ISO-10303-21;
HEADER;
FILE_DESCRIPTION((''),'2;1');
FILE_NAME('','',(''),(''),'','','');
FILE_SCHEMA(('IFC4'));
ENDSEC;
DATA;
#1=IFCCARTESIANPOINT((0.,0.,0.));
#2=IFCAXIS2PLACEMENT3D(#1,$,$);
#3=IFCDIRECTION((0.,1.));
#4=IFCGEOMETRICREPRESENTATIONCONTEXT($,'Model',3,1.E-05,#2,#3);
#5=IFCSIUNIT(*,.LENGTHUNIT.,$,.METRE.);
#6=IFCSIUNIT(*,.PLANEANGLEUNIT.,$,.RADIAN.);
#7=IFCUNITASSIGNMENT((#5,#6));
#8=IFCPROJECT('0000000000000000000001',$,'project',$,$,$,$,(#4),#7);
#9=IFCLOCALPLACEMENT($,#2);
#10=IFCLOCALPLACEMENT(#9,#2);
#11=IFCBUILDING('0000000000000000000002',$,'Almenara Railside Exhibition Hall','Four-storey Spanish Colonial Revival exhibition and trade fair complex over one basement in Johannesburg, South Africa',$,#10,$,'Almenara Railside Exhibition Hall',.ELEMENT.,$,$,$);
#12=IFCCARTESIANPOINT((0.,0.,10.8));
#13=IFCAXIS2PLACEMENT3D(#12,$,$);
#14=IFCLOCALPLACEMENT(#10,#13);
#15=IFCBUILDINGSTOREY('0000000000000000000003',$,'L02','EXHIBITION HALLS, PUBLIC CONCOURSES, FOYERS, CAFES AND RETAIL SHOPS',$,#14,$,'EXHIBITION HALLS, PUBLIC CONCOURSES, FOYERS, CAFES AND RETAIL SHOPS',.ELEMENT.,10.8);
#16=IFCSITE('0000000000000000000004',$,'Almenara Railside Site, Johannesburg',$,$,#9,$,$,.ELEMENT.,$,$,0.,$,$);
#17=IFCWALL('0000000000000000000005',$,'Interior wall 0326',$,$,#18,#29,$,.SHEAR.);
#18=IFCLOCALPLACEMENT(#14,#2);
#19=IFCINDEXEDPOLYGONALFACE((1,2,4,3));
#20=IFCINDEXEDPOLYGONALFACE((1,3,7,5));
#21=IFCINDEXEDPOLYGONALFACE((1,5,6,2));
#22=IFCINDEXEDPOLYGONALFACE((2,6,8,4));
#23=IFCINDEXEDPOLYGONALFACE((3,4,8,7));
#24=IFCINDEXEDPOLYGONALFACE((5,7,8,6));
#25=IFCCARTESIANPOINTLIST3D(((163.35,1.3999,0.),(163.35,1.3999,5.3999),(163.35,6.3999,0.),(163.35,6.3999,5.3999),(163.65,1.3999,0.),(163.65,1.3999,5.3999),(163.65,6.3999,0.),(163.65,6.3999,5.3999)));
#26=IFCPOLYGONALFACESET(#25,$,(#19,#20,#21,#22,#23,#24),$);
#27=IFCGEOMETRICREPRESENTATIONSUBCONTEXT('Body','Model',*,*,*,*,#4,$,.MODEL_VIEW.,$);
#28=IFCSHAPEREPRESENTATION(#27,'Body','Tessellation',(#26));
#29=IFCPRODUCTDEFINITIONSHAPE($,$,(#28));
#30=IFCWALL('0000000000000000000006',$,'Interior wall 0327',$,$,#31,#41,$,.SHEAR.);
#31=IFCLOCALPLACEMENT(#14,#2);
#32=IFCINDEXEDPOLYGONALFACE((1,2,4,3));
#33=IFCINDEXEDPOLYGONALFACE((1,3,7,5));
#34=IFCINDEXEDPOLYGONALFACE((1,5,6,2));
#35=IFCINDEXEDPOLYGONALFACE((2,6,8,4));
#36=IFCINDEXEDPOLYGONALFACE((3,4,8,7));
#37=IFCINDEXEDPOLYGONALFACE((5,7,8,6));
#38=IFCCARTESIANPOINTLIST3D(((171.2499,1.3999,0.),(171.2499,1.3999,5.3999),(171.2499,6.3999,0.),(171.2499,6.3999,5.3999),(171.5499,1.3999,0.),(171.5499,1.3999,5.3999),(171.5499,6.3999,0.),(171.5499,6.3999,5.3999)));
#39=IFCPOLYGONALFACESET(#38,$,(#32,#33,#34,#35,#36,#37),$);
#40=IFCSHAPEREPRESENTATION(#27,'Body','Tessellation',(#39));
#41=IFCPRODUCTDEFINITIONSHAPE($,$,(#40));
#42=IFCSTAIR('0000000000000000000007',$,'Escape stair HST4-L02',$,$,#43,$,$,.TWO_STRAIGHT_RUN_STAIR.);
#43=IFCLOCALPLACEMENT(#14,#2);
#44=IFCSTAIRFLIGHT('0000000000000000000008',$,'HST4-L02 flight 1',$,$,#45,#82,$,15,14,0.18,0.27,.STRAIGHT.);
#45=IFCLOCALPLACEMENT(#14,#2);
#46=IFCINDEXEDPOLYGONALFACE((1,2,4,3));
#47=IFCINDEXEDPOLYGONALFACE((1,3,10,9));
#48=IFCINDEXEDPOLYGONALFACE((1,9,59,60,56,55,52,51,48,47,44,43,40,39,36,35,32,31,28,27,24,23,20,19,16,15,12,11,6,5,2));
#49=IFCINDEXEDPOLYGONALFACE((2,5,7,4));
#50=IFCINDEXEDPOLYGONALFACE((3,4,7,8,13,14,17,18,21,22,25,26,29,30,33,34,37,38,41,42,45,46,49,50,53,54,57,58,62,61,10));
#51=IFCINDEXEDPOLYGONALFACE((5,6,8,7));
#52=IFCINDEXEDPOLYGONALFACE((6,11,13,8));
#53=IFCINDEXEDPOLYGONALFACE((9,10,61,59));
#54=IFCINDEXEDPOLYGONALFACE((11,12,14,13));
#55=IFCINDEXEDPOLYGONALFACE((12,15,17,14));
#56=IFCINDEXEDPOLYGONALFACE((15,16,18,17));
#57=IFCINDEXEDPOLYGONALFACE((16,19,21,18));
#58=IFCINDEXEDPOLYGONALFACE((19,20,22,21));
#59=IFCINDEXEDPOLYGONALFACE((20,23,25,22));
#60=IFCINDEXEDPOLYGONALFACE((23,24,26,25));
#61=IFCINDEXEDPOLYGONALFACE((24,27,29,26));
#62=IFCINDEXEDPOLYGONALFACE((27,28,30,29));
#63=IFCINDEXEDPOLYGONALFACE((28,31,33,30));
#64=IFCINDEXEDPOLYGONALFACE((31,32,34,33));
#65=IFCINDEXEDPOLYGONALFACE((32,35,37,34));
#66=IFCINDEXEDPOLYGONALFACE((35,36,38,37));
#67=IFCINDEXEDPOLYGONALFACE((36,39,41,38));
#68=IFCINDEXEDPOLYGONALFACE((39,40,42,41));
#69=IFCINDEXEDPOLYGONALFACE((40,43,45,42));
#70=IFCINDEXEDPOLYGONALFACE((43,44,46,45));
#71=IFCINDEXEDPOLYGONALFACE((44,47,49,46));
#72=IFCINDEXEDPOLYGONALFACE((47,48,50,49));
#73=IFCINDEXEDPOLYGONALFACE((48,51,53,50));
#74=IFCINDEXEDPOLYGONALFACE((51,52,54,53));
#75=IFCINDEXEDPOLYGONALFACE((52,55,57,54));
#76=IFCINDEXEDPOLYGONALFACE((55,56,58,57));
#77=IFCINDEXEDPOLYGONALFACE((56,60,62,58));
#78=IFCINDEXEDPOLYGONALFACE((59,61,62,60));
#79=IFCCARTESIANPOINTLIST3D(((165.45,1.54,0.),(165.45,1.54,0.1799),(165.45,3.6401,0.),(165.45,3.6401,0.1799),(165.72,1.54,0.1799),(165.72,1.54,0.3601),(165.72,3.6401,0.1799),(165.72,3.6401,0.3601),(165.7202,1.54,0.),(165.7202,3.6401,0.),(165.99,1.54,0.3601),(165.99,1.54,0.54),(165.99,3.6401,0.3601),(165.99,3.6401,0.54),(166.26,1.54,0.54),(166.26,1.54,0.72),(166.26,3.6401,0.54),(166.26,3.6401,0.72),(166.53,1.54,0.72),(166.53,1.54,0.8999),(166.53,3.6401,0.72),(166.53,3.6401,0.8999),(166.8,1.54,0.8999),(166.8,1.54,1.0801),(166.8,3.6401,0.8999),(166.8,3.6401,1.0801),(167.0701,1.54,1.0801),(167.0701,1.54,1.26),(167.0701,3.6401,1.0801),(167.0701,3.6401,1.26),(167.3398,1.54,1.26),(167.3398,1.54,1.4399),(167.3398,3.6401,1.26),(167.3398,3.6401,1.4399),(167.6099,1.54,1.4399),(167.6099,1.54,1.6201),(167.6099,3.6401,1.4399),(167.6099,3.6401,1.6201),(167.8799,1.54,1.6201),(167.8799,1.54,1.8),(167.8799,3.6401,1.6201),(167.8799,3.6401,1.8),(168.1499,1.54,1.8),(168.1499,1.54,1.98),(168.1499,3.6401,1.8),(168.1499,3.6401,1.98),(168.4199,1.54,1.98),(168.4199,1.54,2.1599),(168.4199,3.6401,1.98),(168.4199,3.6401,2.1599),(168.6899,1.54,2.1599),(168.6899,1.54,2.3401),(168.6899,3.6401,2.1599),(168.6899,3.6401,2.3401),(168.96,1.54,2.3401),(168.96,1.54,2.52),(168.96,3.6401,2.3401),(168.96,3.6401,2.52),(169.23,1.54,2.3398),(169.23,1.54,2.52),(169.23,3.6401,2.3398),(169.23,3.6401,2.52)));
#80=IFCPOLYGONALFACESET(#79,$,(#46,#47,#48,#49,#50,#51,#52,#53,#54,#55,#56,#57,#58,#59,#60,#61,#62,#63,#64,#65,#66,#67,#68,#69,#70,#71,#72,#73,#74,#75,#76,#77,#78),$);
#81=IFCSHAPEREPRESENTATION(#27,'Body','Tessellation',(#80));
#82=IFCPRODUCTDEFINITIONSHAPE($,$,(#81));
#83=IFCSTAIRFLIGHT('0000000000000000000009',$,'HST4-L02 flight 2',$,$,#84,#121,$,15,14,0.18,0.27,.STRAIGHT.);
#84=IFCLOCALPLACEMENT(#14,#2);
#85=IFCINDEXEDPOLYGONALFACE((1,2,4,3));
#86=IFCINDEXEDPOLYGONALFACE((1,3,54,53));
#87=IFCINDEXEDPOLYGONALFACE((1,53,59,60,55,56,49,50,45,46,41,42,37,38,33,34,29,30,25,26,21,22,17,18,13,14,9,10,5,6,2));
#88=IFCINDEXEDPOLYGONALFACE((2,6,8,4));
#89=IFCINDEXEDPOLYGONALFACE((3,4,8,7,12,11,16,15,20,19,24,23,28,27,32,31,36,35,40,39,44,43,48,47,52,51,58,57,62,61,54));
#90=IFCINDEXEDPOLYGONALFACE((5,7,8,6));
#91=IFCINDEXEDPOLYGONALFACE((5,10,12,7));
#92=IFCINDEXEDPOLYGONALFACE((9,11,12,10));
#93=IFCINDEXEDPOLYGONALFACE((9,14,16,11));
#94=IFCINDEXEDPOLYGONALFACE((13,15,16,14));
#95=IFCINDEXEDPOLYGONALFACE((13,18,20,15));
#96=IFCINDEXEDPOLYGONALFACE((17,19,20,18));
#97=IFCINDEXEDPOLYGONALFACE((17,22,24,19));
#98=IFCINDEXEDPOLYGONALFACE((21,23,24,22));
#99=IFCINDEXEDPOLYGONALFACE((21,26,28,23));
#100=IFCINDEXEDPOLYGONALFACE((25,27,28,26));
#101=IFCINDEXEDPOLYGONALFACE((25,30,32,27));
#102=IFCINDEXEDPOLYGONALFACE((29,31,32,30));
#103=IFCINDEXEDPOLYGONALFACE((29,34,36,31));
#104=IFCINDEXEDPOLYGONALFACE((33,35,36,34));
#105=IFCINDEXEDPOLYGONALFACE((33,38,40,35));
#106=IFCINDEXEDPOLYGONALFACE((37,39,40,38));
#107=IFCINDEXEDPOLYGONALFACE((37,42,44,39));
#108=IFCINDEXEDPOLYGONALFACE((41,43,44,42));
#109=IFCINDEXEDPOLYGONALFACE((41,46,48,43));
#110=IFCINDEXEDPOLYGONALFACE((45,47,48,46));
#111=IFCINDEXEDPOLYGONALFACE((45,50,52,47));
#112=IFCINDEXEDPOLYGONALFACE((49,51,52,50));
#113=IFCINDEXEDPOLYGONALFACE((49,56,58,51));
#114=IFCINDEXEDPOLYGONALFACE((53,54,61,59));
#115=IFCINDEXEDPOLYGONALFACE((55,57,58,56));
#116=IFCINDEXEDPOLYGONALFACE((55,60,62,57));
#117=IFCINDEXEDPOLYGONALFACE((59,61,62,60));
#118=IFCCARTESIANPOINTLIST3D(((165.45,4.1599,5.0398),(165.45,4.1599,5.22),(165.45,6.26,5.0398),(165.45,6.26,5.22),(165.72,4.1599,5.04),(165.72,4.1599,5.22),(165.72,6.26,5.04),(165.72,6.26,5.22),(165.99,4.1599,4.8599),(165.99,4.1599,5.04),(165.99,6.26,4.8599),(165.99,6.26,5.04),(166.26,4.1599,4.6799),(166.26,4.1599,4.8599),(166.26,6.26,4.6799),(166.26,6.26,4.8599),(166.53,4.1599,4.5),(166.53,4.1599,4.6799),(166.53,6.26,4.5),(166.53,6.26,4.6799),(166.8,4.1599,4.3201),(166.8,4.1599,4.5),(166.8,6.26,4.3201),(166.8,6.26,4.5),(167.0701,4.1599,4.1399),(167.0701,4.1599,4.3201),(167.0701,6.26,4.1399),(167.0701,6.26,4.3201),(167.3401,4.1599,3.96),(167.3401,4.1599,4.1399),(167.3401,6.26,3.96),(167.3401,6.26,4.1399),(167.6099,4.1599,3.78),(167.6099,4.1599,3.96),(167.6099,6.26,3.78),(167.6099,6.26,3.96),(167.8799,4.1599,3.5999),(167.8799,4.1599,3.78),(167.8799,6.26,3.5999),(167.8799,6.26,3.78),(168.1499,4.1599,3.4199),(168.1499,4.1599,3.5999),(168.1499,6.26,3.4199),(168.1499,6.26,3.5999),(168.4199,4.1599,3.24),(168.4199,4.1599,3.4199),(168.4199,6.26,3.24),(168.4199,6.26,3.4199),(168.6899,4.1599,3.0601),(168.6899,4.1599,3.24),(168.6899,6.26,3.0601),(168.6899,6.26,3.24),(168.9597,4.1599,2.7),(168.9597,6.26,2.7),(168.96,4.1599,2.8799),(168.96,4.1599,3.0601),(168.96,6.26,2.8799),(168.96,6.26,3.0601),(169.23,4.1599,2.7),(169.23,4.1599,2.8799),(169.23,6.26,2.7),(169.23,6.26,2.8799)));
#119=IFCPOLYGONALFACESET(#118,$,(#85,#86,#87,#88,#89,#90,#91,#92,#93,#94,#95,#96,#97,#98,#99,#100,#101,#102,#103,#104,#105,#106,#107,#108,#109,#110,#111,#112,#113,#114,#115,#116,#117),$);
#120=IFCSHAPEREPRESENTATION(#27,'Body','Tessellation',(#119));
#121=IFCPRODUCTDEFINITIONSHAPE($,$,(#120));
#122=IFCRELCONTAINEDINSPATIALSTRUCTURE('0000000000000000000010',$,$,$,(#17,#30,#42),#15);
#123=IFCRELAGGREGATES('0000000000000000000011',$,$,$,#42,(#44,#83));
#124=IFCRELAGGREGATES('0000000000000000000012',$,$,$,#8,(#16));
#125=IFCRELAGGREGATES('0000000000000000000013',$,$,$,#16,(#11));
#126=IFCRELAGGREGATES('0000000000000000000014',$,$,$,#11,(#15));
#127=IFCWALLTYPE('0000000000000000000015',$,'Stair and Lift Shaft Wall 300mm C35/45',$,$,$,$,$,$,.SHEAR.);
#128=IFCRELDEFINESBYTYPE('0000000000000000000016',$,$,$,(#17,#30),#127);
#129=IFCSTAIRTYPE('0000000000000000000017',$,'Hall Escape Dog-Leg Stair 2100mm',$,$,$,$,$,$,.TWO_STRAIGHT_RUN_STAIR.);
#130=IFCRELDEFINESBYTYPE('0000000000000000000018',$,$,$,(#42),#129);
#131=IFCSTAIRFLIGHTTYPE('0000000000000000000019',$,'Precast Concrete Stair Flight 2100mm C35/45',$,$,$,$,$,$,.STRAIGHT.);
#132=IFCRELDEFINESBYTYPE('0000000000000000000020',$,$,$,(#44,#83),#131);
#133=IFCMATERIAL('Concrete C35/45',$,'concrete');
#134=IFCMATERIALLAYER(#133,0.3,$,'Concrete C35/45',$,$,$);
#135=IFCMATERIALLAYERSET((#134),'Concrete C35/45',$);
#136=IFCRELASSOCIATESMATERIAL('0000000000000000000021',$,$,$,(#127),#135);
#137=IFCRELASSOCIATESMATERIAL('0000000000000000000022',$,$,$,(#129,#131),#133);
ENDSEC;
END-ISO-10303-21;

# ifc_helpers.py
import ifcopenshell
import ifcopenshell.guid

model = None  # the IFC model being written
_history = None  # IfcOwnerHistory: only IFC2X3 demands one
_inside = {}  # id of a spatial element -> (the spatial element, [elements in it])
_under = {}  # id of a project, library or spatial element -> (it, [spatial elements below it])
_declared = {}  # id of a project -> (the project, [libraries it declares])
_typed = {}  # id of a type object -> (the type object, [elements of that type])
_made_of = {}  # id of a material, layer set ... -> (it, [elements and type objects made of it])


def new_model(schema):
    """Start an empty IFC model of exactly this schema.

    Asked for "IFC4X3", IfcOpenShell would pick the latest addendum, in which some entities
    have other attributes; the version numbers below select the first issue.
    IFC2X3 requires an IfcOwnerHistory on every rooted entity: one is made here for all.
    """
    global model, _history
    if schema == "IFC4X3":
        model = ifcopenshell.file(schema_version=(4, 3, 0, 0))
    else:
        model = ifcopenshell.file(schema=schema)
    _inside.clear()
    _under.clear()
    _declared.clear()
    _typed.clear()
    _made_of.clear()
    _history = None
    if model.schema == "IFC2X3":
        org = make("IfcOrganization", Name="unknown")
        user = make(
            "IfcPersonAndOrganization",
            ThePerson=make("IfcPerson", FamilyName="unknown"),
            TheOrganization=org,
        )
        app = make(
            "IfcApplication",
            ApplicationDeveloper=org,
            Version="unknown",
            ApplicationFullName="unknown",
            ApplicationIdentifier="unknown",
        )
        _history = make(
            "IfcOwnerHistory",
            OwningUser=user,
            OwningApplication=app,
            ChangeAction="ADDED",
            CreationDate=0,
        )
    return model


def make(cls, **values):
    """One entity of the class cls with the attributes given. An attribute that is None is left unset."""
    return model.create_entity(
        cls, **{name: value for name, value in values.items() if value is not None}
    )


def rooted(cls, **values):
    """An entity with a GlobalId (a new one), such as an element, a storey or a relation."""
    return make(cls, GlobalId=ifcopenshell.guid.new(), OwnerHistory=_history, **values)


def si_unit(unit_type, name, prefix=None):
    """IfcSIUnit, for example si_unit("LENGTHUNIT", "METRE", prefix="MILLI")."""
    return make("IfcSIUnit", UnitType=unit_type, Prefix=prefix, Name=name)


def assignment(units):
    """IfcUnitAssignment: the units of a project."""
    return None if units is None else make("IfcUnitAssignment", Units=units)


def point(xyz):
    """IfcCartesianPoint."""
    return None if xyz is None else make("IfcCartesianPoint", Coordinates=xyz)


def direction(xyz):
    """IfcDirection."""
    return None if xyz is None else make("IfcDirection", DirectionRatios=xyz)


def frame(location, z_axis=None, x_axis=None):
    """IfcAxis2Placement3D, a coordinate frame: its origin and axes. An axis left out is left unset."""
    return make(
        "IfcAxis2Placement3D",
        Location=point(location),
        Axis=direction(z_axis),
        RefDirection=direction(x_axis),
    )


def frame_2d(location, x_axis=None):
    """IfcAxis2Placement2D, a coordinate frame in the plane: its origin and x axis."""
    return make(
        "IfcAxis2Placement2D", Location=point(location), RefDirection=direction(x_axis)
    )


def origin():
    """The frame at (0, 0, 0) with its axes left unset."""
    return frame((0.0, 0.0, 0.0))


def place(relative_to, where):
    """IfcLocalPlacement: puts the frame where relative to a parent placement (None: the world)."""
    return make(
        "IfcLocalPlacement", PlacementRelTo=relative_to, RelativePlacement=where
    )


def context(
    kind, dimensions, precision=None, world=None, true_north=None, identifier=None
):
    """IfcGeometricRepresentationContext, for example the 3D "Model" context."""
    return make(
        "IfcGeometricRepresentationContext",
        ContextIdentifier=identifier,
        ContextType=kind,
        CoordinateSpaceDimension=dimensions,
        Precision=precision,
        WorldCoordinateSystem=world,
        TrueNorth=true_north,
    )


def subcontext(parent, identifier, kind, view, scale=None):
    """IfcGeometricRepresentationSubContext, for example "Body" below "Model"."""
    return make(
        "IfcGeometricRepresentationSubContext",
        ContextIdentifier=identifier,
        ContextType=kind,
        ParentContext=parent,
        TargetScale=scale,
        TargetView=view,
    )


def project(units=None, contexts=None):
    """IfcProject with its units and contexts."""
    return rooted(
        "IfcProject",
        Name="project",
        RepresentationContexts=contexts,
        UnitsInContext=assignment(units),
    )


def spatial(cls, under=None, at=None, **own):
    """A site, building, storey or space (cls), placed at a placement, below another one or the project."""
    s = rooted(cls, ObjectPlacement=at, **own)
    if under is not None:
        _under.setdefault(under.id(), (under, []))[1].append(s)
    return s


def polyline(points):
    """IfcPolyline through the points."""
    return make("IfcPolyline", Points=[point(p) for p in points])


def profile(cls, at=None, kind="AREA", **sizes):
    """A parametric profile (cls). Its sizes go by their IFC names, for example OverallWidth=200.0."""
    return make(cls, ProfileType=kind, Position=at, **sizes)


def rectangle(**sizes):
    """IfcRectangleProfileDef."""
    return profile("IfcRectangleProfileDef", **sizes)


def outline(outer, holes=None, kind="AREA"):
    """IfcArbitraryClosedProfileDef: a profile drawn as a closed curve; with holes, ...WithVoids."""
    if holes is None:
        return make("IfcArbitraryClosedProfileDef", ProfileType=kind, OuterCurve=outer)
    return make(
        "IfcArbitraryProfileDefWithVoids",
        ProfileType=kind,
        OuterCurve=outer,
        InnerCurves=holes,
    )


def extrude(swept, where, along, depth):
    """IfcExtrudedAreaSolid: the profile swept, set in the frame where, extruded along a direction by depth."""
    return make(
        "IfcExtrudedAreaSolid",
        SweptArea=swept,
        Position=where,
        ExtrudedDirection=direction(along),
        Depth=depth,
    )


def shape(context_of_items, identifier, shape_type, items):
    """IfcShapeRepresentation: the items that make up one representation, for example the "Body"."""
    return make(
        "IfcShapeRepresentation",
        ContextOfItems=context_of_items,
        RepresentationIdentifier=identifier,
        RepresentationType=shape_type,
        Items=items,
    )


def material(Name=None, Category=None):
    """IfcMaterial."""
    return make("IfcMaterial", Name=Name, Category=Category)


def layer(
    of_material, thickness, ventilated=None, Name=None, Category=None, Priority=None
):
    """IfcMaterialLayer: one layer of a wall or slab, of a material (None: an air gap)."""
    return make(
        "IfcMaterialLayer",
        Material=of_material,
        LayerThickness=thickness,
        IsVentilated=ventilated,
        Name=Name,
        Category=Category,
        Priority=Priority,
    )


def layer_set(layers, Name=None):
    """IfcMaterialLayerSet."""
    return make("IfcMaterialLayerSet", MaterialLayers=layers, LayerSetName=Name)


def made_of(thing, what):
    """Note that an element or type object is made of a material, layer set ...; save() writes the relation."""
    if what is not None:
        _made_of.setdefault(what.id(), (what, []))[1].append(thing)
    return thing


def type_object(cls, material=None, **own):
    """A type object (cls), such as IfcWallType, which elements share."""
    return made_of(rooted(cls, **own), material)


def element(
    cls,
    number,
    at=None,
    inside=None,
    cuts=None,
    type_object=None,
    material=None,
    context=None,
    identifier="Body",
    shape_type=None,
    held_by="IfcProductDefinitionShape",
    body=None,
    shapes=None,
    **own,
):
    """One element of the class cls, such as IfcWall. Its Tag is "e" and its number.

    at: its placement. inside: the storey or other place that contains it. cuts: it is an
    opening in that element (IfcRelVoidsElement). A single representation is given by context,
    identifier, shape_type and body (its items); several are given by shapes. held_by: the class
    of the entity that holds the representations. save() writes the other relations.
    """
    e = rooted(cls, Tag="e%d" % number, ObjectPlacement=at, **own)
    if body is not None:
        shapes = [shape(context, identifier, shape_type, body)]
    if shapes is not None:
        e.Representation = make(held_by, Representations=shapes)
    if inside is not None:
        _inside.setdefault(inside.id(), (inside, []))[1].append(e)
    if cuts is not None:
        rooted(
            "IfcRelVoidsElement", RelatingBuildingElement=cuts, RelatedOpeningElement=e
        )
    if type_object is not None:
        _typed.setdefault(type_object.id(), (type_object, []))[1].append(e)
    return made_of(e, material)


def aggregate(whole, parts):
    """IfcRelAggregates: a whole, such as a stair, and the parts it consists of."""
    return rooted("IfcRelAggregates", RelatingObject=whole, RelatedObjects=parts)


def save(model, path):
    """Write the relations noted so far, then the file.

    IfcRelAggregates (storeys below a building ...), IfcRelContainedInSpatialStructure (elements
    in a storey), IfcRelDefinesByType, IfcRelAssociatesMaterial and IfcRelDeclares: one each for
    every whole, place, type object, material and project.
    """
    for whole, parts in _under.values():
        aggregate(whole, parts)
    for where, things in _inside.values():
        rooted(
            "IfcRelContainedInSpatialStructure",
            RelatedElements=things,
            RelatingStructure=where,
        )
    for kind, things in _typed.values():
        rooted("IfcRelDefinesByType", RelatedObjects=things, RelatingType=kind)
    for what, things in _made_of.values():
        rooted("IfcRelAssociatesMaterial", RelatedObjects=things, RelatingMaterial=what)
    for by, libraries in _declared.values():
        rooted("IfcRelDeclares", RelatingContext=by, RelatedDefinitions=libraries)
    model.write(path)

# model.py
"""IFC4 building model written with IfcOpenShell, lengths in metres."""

from ifc_helpers import new_model, si_unit, direction, frame, frame_2d, origin, place, context, subcontext, project, spatial, polyline, rectangle, outline, extrude, material, layer, layer_set, type_object, element, aggregate, save


model = new_model("IFC4")

# Units and contexts
model_context = context("Model", 3, precision=1e-05, world=origin(), true_north=direction((0.0, 1.0)))
body_context = subcontext(model_context, "Body", "Model", "MODEL_VIEW")
ifc_project = project(units=[si_unit("LENGTHUNIT", "METRE"), si_unit("PLANEANGLEUNIT", "RADIAN")], contexts=[model_context])

# Site, building, storey
site_placement = place(None, origin())
site = spatial("IfcSite", under=ifc_project, at=site_placement, Name="Almenara Railside Site, Johannesburg", CompositionType="ELEMENT", RefElevation=0.0)
building_placement = place(site_placement, origin())
building = spatial("IfcBuilding", under=site, at=building_placement, Name="Almenara Railside Exhibition Hall", Description="Four-storey Spanish Colonial Revival exhibition and trade fair complex over one basement in Johannesburg, South Africa", LongName="Almenara Railside Exhibition Hall", CompositionType="ELEMENT")
storey_placement = place(building_placement, frame((0.0, 0.0, 10.8)))
storey = spatial("IfcBuildingStorey", under=building, at=storey_placement, Name="L02", Description="EXHIBITION HALLS, PUBLIC CONCOURSES, FOYERS, CAFES AND RETAIL SHOPS", LongName="EXHIBITION HALLS, PUBLIC CONCOURSES, FOYERS, CAFES AND RETAIL SHOPS", CompositionType="ELEMENT", Elevation=10.8)

# Shared definitions
ifc_material_1 = material(Name="Concrete C35/45", Category="concrete")

# Shared definitions
ifc_layer = layer(ifc_material_1, 0.3, Name="Concrete C35/45")
ifc_layer_set = layer_set([ifc_layer], Name="Concrete C35/45")
wall_type = type_object("IfcWallType", Name="Stair and Lift Shaft Wall 300mm C35/45", PredefinedType="SHEAR", material=ifc_layer_set)

# Walls
for number, where, z_axis, x_axis, name in (
    (1, (163.5, 6.3999, 0.0), (0.0, 0.0, 1.0), (0.0, -1.0, 0.0), "Interior wall 0326"),
    (2, (171.3999, 1.3999, 0.0), (0.0, 0.0, 1.0), (0.0, 1.0, 0.0), "Interior wall 0327"),
):
    element("IfcWall", number, at=place(storey_placement, frame(where, z_axis=z_axis, x_axis=x_axis)), inside=storey, type_object=wall_type, Name=name, PredefinedType="SHEAR", context=body_context, shape_type="SweptSolid", body=[
        extrude(rectangle(XDim=5.0, YDim=0.3, at=frame_2d((2.5, 0.0))), origin(), (0.0, 0.0, 1.0), 5.3999),
    ])

# Stair, stair flights
stair_type = type_object("IfcStairType", Name="Hall Escape Dog-Leg Stair 2100mm", PredefinedType="TWO_STRAIGHT_RUN_STAIR", material=ifc_material_1)
stair_placement = place(storey_placement, origin())
stair = element("IfcStair", 3, at=stair_placement, inside=storey, type_object=stair_type, Name="Escape stair HST4-L02", PredefinedType="TWO_STRAIGHT_RUN_STAIR")
stair_flight_type = type_object("IfcStairFlightType", Name="Precast Concrete Stair Flight 2100mm C35/45", PredefinedType="STRAIGHT", material=ifc_material_1)
stair_flight_1_placement = place(storey_placement, frame((165.45, 2.5901, 0.0), z_axis=(0.0, 0.0, 1.0), x_axis=(1.0, 0.0, 0.0)))
stair_flight_1 = element("IfcStairFlight", 4, at=stair_flight_1_placement, type_object=stair_flight_type, Name="HST4-L02 flight 1", NumberOfRisers=15, NumberOfTreads=14, PredefinedType="STRAIGHT", RiserHeight=0.18, TreadLength=0.27, context=body_context, shape_type="SweptSolid", body=[
    extrude(outline(polyline([(0.0, 0.0), (0.0, 0.1799), (0.27, 0.1799), (0.27, 0.3601), (0.54, 0.3601), (0.54, 0.54), (0.8101, 0.54), (0.8101, 0.72), (1.0801, 0.72), (1.0801, 0.8999), (1.3501, 0.8999), (1.3501, 1.0801), (1.6201, 1.0801), (1.6201, 1.26), (1.8899, 1.26), (1.8899, 1.4399), (2.1599, 1.4399), (2.1599, 1.6201), (2.4299, 1.6201), (2.4299, 1.8), (2.7, 1.8), (2.7, 1.98), (2.97, 1.98), (2.97, 2.1599), (3.24, 2.1599), (3.24, 2.3401), (3.51, 2.3401), (3.51, 2.52), (3.78, 2.52), (3.78, 2.7), (3.78, 2.3398), (0.2703, 0.0), (0.0, 0.0)])), frame((0.0, 1.05, 0.0), z_axis=(0.0, -1.0, 0.0), x_axis=(1.0, 0.0, 0.0)), (0.0, 0.0, 1.0), 2.1001),
])
stair_flight_2_placement = place(storey_placement, frame((169.23, 5.21, 2.7), z_axis=(0.0, 0.0, 1.0), x_axis=(-1.0, 0.0, 0.0)))
stair_flight_2 = element("IfcStairFlight", 5, at=stair_flight_2_placement, type_object=stair_flight_type, Name="HST4-L02 flight 2", NumberOfRisers=15, NumberOfTreads=14, PredefinedType="STRAIGHT", RiserHeight=0.18, TreadLength=0.27, context=body_context, shape_type="SweptSolid", body=[
    extrude(outline(polyline([(0.0, 0.0), (0.0, 0.1799), (0.27, 0.1799), (0.27, 0.3601), (0.54, 0.3601), (0.54, 0.54), (0.8101, 0.54), (0.8101, 0.72), (1.0801, 0.72), (1.0801, 0.8999), (1.3501, 0.8999), (1.3501, 1.0801), (1.6201, 1.0801), (1.6201, 1.26), (1.8899, 1.26), (1.8899, 1.4399), (2.1599, 1.4399), (2.1599, 1.6201), (2.4299, 1.6201), (2.4299, 1.8), (2.7, 1.8), (2.7, 1.98), (2.97, 1.98), (2.97, 2.1599), (3.24, 2.1599), (3.24, 2.3401), (3.51, 2.3401), (3.51, 2.52), (3.78, 2.52), (3.78, 2.7), (3.78, 2.3398), (0.2703, 0.0), (0.0, 0.0)])), frame((0.0, 1.05, 0.0), z_axis=(0.0, -1.0, 0.0), x_axis=(1.0, 0.0, 0.0)), (0.0, 0.0, 1.0), 2.1001),
])
aggregate(stair, [stair_flight_1, stair_flight_2])

save(model, "model.ifc")
